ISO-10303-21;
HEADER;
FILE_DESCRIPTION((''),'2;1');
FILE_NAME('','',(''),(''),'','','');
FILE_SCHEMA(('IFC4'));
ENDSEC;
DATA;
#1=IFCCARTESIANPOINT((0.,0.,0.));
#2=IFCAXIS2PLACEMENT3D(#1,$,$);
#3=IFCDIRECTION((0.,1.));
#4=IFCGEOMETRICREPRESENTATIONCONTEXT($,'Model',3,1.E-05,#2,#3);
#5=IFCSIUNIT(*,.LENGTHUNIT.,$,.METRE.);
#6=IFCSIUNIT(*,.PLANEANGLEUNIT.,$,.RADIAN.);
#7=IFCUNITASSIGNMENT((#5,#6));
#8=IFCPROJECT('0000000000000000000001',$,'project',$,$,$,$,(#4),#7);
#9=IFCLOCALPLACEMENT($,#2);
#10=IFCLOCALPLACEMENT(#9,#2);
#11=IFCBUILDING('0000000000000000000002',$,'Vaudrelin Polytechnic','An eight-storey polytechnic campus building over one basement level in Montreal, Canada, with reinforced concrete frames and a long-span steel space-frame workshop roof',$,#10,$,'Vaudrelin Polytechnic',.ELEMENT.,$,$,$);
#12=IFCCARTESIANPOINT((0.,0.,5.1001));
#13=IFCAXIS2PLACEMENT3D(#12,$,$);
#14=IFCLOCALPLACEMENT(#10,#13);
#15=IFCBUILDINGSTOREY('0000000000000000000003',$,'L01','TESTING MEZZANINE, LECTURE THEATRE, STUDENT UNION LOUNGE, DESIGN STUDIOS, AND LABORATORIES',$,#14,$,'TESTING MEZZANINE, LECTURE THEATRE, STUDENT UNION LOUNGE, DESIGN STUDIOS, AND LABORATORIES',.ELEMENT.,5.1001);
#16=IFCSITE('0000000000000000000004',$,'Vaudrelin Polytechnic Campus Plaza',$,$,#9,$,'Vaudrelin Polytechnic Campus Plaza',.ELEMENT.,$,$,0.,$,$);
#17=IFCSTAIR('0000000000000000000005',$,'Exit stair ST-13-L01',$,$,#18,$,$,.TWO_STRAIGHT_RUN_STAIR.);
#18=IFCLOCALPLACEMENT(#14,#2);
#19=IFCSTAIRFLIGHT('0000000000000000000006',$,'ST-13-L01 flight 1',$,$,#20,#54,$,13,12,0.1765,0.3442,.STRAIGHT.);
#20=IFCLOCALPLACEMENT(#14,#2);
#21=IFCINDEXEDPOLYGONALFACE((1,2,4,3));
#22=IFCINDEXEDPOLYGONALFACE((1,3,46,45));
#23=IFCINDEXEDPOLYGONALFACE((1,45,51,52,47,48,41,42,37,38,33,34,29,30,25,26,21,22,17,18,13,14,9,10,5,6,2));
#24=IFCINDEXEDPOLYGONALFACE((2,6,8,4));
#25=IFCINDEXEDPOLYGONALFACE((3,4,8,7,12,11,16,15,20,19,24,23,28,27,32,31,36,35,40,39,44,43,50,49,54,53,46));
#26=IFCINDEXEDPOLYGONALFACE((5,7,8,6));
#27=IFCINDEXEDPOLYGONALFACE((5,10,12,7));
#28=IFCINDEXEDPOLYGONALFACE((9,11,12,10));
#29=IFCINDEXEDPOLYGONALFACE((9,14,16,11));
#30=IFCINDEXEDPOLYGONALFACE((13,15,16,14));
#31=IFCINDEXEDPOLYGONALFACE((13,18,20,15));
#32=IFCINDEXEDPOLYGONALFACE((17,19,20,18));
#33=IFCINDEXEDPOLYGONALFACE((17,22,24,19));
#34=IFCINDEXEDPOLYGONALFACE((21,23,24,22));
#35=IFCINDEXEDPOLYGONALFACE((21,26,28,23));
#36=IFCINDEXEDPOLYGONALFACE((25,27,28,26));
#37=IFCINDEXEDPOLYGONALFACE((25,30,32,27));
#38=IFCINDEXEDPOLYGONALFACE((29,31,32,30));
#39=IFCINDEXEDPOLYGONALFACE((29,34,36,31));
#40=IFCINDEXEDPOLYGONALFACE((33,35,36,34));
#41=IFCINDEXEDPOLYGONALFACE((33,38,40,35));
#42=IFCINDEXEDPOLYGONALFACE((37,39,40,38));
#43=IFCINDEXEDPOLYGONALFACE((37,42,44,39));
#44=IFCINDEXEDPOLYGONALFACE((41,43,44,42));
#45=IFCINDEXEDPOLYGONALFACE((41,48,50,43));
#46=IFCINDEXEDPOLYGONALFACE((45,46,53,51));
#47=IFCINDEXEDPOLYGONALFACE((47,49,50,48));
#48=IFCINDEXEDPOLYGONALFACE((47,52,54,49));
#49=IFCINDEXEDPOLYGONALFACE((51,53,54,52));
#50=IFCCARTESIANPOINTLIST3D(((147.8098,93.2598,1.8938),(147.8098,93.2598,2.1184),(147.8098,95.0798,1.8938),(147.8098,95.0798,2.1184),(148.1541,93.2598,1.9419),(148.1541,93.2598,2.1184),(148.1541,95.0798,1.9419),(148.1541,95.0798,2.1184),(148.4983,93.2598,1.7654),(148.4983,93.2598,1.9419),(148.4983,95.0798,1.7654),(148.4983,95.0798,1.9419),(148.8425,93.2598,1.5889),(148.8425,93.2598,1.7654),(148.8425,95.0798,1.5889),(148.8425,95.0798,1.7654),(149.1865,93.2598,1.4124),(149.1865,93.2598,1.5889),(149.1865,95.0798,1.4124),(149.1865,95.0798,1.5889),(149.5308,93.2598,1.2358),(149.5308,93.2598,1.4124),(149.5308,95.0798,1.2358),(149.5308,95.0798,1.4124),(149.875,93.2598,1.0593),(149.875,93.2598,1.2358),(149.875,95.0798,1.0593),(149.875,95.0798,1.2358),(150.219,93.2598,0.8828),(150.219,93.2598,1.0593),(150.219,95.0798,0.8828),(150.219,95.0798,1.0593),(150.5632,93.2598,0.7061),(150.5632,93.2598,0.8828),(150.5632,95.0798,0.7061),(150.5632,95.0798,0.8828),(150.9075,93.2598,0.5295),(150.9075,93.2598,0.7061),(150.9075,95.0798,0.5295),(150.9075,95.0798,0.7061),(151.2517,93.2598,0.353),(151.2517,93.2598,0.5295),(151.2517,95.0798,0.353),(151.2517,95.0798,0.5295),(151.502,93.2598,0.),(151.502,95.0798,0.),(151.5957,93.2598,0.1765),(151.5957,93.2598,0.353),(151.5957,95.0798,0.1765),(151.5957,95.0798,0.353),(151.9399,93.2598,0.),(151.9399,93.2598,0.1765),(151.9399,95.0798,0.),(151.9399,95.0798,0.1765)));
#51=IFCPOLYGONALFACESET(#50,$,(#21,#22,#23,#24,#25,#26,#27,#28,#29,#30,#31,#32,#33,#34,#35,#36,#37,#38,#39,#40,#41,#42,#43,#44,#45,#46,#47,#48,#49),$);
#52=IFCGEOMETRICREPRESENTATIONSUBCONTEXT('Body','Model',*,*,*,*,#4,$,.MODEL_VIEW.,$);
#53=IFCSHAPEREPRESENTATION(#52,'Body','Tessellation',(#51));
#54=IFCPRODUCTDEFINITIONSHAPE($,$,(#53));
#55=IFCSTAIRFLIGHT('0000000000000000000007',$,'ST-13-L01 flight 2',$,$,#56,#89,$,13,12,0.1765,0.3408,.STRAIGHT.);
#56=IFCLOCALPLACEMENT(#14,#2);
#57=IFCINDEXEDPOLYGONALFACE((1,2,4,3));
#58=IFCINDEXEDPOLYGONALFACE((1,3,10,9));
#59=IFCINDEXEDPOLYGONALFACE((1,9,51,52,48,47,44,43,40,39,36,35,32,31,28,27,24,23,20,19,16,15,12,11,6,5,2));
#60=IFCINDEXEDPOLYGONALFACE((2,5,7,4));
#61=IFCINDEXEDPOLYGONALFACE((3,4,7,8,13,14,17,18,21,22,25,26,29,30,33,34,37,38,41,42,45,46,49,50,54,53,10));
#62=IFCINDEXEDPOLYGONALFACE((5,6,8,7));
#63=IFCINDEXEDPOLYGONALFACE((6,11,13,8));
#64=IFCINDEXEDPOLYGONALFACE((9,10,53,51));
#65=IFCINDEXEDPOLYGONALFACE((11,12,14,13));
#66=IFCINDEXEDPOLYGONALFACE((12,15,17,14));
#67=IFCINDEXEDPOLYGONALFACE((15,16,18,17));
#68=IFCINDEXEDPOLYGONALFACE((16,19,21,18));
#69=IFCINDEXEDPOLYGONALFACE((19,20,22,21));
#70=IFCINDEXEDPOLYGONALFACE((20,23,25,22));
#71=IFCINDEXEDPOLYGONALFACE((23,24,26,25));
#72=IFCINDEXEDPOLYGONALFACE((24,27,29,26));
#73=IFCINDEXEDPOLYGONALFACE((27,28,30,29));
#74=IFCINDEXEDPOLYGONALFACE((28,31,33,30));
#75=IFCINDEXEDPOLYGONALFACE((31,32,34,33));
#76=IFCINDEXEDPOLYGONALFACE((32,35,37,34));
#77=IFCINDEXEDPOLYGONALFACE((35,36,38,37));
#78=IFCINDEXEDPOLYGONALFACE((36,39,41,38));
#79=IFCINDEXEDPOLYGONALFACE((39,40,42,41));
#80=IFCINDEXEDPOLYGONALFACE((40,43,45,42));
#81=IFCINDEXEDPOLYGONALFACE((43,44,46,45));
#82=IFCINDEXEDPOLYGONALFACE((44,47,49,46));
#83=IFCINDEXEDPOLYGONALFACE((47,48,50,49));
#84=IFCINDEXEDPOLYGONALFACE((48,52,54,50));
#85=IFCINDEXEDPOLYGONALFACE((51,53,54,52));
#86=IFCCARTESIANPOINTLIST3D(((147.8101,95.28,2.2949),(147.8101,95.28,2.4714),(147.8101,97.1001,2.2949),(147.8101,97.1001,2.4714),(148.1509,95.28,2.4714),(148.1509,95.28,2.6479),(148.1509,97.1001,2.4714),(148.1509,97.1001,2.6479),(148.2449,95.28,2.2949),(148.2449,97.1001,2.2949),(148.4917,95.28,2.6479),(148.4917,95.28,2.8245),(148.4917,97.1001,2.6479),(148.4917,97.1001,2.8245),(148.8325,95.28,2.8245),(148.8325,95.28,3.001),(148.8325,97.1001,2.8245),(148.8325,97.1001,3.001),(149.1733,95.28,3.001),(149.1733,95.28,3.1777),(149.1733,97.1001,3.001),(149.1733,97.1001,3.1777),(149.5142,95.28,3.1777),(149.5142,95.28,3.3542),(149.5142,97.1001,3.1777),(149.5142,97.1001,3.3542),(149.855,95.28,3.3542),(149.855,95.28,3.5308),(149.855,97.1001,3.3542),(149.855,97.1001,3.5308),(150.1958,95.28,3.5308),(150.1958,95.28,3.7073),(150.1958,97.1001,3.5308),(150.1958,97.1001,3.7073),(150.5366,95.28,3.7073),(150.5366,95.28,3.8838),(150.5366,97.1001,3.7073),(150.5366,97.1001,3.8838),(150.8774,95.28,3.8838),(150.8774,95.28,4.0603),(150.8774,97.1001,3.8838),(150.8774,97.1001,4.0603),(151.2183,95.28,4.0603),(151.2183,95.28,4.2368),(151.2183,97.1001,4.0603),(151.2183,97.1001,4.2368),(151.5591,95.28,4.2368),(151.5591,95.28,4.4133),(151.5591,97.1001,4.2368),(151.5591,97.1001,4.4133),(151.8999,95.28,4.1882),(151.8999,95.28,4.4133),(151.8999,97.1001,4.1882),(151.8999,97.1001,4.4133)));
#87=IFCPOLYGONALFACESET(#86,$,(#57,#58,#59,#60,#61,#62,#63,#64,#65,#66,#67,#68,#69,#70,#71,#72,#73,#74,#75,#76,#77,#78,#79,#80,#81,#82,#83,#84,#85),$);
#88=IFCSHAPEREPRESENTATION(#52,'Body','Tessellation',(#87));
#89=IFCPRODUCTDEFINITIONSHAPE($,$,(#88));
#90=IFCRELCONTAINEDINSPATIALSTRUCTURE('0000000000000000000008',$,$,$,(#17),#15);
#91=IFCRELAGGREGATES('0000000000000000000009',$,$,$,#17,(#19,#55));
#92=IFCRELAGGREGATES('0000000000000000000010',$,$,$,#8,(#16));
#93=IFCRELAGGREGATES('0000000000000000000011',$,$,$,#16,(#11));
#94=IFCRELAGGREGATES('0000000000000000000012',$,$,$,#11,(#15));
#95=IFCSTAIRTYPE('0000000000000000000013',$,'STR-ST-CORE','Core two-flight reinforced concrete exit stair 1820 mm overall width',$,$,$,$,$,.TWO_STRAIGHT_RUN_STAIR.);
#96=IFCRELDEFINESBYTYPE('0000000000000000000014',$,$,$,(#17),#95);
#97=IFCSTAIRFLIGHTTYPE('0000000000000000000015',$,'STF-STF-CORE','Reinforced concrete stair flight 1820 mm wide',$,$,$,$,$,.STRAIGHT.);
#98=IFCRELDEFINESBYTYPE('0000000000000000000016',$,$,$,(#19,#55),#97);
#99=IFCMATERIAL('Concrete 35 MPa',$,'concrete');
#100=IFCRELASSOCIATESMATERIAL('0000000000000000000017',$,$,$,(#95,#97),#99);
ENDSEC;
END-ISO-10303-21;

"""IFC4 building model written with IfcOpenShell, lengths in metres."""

from ifc_helpers import new_model, si_unit, direction, frame, origin, place, context, subcontext, project, spatial, polyline, outline, extrude, material, type_object, element, aggregate, save


model = new_model("IFC4")

# Units and contexts
model_context = context("Model", 3, precision=1e-05, world=origin(), true_north=direction((0.0, 1.0)))
body_context = subcontext(model_context, "Body", "Model", "MODEL_VIEW")
ifc_project = project(units=[si_unit("LENGTHUNIT", "METRE"), si_unit("PLANEANGLEUNIT", "RADIAN")], contexts=[model_context])

# Site, building, storey
site_placement = place(None, origin())
site = spatial("IfcSite", under=ifc_project, at=site_placement, Name="Vaudrelin Polytechnic Campus Plaza", LongName="Vaudrelin Polytechnic Campus Plaza", CompositionType="ELEMENT", RefElevation=0.0)
building_placement = place(site_placement, origin())
building = spatial("IfcBuilding", under=site, at=building_placement, Name="Vaudrelin Polytechnic", Description="An eight-storey polytechnic campus building over one basement level in Montreal, Canada, with reinforced concrete frames and a long-span steel space-frame workshop roof", LongName="Vaudrelin Polytechnic", CompositionType="ELEMENT")
storey_placement = place(building_placement, frame((0.0, 0.0, 5.1001)))
storey = spatial("IfcBuildingStorey", under=building, at=storey_placement, Name="L01", Description="TESTING MEZZANINE, LECTURE THEATRE, STUDENT UNION LOUNGE, DESIGN STUDIOS, AND LABORATORIES", LongName="TESTING MEZZANINE, LECTURE THEATRE, STUDENT UNION LOUNGE, DESIGN STUDIOS, AND LABORATORIES", CompositionType="ELEMENT", Elevation=5.1001)

# Stair, stair flights
ifc_material_1 = material(Name="Concrete 35 MPa", Category="concrete")
stair_type = type_object("IfcStairType", Name="STR-ST-CORE", Description="Core two-flight reinforced concrete exit stair 1820 mm overall width", PredefinedType="TWO_STRAIGHT_RUN_STAIR", material=ifc_material_1)
stair_placement = place(storey_placement, origin())
stair = element("IfcStair", 1, at=stair_placement, inside=storey, type_object=stair_type, Name="Exit stair ST-13-L01", PredefinedType="TWO_STRAIGHT_RUN_STAIR")
stair_flight_type = type_object("IfcStairFlightType", Name="STF-STF-CORE", Description="Reinforced concrete stair flight 1820 mm wide", PredefinedType="STRAIGHT", material=ifc_material_1)
stair_flight_1_placement = place(storey_placement, frame((151.9399, 94.1699, 0.0), z_axis=(0.0, 0.0, 1.0), x_axis=(-1.0, 0.0, 0.0)))
stair_flight_1 = element("IfcStairFlight", 2, at=stair_flight_1_placement, type_object=stair_flight_type, Name="ST-13-L01 flight 1", NumberOfRisers=13, NumberOfTreads=12, PredefinedType="STRAIGHT", RiserHeight=0.1765, TreadLength=0.3442, context=body_context, shape_type="SweptSolid", body=[
    extrude(outline(polyline([(0.0, 0.0), (0.0, 0.1765), (0.3442, 0.1765), (0.3442, 0.353), (0.6882, 0.353), (0.6882, 0.5295), (1.0325, 0.5295), (1.0325, 0.7061), (1.3767, 0.7061), (1.3767, 0.8828), (1.7209, 0.8828), (1.7209, 1.0593), (2.0649, 1.0593), (2.0649, 1.2358), (2.4092, 1.2358), (2.4092, 1.4124), (2.7534, 1.4124), (2.7534, 1.5889), (3.0974, 1.5889), (3.0974, 1.7654), (3.4417, 1.7654), (3.4417, 1.9419), (3.7859, 1.9419), (3.7859, 2.1184), (4.1301, 2.1184), (4.1301, 2.2949), (4.1301, 1.8938), (0.438, 0.0), (0.0, 0.0)])), frame((0.0, 0.9102, 0.0), z_axis=(0.0, -1.0, 0.0), x_axis=(1.0, 0.0, 0.0)), (0.0, 0.0, 1.0), 1.8201),
])
stair_flight_2_placement = place(storey_placement, frame((147.8101, 96.1899, 2.2949), z_axis=(0.0, 0.0, 1.0), x_axis=(1.0, 0.0, 0.0)))
stair_flight_2 = element("IfcStairFlight", 3, at=stair_flight_2_placement, type_object=stair_flight_type, Name="ST-13-L01 flight 2", NumberOfRisers=13, NumberOfTreads=12, PredefinedType="STRAIGHT", RiserHeight=0.1765, TreadLength=0.3408, context=body_context, shape_type="SweptSolid", body=[
    extrude(outline(polyline([(0.0, 0.0), (0.0, 0.1765), (0.3408, 0.1765), (0.3408, 0.353), (0.6816, 0.353), (0.6816, 0.5295), (1.0225, 0.5295), (1.0225, 0.7061), (1.3633, 0.7061), (1.3633, 0.8828), (1.7041, 0.8828), (1.7041, 1.0593), (2.0449, 1.0593), (2.0449, 1.2358), (2.3857, 1.2358), (2.3857, 1.4124), (2.7266, 1.4124), (2.7266, 1.5889), (3.0674, 1.5889), (3.0674, 1.7654), (3.4082, 1.7654), (3.4082, 1.9419), (3.749, 1.9419), (3.749, 2.1184), (4.0898, 2.1184), (4.0898, 2.2949), (4.0898, 1.8933), (0.4348, 0.0), (0.0, 0.0)])), frame((0.0, 0.9102, 0.0), z_axis=(0.0, -1.0, 0.0), x_axis=(1.0, 0.0, 0.0)), (0.0, 0.0, 1.0), 1.8201),
])
aggregate(stair, [stair_flight_1, stair_flight_2])

save(model, "model.ifc")
